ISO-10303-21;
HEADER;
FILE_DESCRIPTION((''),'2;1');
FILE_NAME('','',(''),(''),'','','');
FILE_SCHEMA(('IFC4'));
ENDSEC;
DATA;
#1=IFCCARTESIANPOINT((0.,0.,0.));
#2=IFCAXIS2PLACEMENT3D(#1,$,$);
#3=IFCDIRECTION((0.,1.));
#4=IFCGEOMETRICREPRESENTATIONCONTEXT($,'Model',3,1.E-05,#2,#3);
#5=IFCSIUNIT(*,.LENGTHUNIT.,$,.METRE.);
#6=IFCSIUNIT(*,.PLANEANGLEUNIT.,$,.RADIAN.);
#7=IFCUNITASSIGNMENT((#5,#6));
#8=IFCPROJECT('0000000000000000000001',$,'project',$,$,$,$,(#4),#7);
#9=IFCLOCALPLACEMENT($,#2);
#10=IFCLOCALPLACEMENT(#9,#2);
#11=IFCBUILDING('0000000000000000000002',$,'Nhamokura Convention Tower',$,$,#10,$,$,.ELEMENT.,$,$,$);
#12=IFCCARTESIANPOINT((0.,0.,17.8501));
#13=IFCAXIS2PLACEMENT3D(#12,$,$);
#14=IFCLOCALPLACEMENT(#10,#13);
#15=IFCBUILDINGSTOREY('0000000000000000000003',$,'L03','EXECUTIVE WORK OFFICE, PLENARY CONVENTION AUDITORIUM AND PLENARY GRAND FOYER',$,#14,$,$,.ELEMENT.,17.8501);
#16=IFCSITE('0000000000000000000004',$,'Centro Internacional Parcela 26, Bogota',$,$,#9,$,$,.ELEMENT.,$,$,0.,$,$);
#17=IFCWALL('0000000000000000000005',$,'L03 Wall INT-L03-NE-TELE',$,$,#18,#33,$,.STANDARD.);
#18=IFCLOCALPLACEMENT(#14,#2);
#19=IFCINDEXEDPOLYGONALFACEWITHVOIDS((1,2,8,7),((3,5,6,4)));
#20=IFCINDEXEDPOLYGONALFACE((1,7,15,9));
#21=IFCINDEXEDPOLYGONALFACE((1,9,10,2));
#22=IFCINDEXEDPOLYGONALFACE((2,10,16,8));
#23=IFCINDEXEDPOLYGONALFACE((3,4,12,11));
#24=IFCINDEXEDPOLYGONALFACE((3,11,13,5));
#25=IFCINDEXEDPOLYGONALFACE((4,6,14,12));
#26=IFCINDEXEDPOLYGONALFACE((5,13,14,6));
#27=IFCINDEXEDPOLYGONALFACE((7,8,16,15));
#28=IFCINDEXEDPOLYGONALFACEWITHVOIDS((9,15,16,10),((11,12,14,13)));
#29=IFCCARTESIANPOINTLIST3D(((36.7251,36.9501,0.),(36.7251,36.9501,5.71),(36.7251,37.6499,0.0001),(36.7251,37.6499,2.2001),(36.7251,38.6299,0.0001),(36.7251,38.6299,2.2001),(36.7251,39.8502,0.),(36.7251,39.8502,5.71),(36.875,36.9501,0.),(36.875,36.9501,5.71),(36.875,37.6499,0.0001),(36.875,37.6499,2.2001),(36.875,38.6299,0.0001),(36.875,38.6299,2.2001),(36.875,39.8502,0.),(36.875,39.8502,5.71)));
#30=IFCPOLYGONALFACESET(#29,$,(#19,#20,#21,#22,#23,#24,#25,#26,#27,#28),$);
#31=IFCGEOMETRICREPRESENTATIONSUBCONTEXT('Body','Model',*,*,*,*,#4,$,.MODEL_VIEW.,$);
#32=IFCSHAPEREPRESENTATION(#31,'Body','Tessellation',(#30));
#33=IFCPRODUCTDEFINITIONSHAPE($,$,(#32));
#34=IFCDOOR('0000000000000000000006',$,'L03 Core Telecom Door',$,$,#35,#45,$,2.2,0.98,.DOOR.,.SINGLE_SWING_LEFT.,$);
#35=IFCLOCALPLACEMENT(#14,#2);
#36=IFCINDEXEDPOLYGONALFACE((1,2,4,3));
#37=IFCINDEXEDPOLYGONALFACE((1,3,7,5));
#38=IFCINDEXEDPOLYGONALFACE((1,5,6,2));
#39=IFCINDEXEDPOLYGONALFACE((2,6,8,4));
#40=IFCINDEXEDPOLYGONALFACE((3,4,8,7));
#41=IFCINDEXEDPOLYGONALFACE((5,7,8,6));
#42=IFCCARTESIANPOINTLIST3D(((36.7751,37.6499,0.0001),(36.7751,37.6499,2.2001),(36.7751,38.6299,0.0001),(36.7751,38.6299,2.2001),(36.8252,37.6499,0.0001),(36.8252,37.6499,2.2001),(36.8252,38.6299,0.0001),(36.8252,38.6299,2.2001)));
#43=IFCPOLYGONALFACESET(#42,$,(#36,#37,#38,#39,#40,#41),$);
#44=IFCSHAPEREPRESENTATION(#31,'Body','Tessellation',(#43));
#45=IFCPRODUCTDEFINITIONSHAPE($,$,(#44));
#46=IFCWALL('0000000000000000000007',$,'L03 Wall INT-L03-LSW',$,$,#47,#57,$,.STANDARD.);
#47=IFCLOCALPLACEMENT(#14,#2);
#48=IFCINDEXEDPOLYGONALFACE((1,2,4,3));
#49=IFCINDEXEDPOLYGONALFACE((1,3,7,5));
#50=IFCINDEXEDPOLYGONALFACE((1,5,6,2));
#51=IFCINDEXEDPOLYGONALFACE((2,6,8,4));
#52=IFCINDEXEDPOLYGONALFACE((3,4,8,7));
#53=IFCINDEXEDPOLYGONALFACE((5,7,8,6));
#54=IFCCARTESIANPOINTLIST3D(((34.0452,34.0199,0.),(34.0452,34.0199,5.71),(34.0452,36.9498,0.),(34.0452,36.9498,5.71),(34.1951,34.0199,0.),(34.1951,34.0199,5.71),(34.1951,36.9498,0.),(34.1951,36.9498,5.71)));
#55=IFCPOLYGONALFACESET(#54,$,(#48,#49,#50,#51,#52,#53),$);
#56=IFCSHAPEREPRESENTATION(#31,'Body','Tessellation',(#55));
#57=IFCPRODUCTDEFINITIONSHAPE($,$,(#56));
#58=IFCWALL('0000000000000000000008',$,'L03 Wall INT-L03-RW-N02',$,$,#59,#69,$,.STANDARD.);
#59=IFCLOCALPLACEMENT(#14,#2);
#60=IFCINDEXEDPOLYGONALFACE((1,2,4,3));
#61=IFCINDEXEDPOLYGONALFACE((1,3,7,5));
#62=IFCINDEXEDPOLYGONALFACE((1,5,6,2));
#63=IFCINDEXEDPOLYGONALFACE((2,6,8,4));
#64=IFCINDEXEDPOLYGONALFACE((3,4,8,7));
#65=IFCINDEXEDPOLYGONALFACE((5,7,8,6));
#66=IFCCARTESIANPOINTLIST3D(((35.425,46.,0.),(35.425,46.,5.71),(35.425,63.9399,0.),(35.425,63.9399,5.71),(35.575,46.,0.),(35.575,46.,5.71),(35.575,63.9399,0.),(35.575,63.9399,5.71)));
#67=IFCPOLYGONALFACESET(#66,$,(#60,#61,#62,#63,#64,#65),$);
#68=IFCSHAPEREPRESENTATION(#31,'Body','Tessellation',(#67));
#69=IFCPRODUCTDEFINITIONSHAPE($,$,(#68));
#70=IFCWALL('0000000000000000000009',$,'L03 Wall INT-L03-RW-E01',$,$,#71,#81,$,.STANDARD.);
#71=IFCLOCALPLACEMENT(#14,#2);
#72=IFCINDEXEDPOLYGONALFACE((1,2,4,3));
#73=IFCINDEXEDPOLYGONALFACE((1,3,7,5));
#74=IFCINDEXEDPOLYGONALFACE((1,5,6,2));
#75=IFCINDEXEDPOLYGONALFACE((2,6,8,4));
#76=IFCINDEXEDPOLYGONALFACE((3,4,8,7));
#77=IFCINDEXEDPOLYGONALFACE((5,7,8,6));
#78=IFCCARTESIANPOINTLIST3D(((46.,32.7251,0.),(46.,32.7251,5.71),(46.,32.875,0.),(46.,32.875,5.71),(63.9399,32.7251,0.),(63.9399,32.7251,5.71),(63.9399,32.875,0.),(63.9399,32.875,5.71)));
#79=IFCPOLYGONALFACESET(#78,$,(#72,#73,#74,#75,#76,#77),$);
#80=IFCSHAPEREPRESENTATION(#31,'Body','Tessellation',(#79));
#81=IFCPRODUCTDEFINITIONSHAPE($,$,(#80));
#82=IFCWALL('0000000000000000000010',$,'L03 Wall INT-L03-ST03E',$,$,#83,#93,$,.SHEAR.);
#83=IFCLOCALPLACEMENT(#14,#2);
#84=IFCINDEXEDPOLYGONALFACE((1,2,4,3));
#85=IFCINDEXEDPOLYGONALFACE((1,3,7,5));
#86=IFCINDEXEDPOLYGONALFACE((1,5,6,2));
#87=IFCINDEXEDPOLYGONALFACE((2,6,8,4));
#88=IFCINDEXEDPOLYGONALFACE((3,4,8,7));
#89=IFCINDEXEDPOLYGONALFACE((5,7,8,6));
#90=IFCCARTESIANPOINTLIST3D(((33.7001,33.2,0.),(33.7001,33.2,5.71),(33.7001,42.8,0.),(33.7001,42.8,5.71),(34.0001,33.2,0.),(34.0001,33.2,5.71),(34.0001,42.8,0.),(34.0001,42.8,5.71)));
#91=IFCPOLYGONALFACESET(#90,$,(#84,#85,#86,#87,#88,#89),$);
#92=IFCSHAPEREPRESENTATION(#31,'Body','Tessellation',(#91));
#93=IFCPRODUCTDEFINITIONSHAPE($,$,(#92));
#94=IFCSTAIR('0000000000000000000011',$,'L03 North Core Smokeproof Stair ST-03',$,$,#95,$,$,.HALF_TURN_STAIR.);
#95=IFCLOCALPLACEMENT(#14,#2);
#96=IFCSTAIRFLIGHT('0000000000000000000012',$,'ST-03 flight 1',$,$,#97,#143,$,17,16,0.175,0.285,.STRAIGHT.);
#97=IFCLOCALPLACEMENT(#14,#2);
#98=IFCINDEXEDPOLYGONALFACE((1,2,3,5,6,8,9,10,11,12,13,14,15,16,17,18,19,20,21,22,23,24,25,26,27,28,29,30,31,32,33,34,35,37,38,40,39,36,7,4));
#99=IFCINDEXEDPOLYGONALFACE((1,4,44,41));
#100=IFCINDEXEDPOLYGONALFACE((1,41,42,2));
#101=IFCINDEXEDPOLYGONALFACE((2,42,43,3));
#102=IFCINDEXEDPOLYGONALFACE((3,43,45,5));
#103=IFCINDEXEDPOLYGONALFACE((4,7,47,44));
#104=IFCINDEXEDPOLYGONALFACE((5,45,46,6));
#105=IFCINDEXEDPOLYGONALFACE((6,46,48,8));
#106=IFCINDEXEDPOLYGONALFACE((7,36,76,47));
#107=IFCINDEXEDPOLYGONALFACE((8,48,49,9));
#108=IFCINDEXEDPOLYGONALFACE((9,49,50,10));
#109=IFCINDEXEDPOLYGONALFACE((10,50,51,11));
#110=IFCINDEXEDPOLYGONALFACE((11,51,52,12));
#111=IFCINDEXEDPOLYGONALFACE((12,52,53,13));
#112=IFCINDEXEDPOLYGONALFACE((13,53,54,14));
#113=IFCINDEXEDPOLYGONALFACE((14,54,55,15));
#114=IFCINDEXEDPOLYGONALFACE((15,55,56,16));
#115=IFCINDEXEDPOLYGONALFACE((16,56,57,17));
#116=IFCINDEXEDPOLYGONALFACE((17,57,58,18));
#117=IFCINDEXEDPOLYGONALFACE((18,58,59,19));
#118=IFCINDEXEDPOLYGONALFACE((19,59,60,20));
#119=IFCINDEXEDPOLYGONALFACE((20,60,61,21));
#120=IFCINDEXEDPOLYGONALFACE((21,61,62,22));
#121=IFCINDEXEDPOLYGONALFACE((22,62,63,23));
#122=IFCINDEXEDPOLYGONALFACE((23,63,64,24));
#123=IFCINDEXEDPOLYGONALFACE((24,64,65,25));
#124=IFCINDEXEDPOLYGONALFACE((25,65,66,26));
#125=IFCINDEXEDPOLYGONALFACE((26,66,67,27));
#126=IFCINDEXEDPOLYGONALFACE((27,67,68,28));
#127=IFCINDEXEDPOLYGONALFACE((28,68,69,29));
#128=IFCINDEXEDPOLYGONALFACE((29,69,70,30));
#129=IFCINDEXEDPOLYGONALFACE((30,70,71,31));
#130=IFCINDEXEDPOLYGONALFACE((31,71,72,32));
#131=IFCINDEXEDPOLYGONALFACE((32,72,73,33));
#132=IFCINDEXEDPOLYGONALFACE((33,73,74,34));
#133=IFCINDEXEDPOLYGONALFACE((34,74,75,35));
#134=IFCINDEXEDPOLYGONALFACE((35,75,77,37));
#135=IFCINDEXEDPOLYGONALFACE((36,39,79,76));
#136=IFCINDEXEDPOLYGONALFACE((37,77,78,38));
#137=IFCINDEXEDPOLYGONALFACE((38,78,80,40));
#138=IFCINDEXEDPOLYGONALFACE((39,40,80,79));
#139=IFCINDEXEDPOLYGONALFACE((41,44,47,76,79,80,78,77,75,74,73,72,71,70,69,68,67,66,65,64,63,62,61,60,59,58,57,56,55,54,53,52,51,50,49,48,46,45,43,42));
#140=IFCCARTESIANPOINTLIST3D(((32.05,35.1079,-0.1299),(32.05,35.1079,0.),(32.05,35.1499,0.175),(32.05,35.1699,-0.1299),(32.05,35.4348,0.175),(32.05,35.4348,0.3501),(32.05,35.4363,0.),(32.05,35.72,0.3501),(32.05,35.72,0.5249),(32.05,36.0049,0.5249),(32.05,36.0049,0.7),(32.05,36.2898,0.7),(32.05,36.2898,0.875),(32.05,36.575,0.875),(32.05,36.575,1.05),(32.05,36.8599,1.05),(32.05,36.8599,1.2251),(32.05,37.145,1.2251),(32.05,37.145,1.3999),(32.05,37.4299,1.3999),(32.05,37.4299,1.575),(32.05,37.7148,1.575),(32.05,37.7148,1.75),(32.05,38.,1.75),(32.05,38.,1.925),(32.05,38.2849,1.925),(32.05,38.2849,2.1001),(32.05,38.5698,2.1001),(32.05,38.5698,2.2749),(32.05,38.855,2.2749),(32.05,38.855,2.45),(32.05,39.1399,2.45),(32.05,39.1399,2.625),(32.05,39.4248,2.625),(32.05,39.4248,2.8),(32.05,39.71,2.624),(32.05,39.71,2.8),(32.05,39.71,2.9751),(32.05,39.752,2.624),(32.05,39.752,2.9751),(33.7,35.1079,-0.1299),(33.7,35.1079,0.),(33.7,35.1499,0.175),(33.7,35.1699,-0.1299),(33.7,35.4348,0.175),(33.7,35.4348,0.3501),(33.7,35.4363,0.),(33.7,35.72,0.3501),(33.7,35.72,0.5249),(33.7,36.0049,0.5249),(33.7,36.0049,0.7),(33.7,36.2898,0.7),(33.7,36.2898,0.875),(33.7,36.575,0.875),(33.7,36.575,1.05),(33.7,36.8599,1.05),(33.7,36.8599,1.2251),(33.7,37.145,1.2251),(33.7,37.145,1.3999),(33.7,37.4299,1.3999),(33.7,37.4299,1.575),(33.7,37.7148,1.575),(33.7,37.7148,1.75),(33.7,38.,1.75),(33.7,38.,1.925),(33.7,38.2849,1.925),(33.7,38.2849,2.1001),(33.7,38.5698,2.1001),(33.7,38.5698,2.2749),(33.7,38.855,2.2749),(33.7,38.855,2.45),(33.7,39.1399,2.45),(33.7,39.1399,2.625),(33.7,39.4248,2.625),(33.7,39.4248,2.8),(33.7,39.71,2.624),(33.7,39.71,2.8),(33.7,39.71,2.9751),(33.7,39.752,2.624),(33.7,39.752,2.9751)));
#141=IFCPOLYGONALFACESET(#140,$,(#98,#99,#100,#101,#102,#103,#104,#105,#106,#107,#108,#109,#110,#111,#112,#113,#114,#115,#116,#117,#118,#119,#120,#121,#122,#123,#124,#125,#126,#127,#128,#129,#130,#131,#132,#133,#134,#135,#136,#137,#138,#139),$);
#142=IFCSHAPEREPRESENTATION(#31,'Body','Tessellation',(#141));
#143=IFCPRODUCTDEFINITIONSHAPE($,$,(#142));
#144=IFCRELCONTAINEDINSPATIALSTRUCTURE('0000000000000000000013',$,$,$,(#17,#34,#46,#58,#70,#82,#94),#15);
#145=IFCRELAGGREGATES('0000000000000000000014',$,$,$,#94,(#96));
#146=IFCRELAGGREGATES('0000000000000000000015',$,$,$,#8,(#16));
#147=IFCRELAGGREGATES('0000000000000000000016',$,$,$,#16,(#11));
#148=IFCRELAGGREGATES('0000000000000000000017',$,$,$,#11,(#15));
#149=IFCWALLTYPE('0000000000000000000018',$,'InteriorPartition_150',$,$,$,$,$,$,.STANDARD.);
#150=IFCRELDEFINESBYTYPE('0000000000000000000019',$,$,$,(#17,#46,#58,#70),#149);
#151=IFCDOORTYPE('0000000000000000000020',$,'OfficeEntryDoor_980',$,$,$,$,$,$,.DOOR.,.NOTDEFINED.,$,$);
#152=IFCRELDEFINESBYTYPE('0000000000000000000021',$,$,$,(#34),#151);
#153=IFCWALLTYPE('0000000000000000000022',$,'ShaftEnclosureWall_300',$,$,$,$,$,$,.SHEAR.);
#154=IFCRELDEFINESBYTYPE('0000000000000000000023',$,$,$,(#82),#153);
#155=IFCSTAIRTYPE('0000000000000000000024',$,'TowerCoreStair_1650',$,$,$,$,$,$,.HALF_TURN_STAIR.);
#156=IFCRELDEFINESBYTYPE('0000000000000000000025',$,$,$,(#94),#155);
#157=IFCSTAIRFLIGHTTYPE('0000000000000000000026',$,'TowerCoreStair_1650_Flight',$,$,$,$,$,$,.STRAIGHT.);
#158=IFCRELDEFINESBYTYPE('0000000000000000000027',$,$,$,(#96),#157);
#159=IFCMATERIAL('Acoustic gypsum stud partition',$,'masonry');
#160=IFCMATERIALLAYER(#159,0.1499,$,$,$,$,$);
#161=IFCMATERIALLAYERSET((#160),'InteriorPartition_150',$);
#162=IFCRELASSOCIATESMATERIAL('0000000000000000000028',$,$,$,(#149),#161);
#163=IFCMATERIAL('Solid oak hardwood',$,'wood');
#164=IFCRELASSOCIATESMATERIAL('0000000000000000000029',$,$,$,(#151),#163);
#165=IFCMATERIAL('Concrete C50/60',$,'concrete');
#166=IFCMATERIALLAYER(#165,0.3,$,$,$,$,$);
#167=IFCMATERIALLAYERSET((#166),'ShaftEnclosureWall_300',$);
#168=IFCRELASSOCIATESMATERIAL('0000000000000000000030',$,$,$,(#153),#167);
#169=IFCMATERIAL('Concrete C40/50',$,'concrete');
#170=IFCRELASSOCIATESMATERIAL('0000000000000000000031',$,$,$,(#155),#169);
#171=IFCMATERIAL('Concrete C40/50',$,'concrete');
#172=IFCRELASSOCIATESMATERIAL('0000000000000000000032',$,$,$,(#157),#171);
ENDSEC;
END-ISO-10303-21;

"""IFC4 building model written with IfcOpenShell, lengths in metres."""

from ifc_helpers import new_model, si_unit, direction, frame, frame_2d, origin, place, context, subcontext, project, spatial, polyline, rectangle, outline, extrude, material, layer, layer_set, type_object, element, fill, aggregate, save


model = new_model("IFC4")

# Units and contexts
model_context = context("Model", 3, precision=1e-05, world=origin(), true_north=direction((0.0, 1.0)))
body_context = subcontext(model_context, "Body", "Model", "MODEL_VIEW")
ifc_project = project(units=[si_unit("LENGTHUNIT", "METRE"), si_unit("PLANEANGLEUNIT", "RADIAN")], contexts=[model_context])

# Site, building, storey
site_placement = place(None, origin())
site = spatial("IfcSite", under=ifc_project, at=site_placement, Name="Centro Internacional Parcela 26, Bogota", CompositionType="ELEMENT", RefElevation=0.0)
building_placement = place(site_placement, origin())
building = spatial("IfcBuilding", under=site, at=building_placement, Name="Nhamokura Convention Tower", CompositionType="ELEMENT")
storey_placement = place(building_placement, frame((0.0, 0.0, 17.8501)))
storey = spatial("IfcBuildingStorey", under=building, at=storey_placement, Name="L03", Description="EXECUTIVE WORK OFFICE, PLENARY CONVENTION AUDITORIUM AND PLENARY GRAND FOYER", CompositionType="ELEMENT", Elevation=17.8501)

# Shared definitions
ifc_material_1 = material(Name="Acoustic gypsum stud partition", Category="masonry")
ifc_layer_1 = layer(ifc_material_1, 0.1499)
ifc_layer_set_1 = layer_set([ifc_layer_1], Name="InteriorPartition_150")
wall_type_1 = type_object("IfcWallType", Name="InteriorPartition_150", PredefinedType="STANDARD", material=ifc_layer_set_1)

# Wall, opening, door
wall_1_placement = place(storey_placement, frame((36.8, 36.95, 0.0), z_axis=(0.0, 0.0, 1.0), x_axis=(0.0, 1.0, 0.0)))
wall_1 = element("IfcWall", 1, at=wall_1_placement, inside=storey, type_object=wall_type_1, Name="L03 Wall INT-L03-NE-TELE", PredefinedType="STANDARD", context=body_context, shape_type="SweptSolid", body=[
    extrude(rectangle(XDim=2.9001, YDim=0.1499, at=frame_2d((1.4502, 0.0))), origin(), (0.0, 0.0, 1.0), 5.71),
])
opening_1_placement = place(wall_1_placement, frame((0.7, 0.0, 0.0)))
opening_1 = element("IfcOpeningElement", 2, at=opening_1_placement, cuts=wall_1, PredefinedType="OPENING", context=body_context, shape_type="SweptSolid", body=[
    extrude(rectangle(XDim=0.98, YDim=2.2, at=frame_2d((0.49, 1.1001))), frame((0.0, 0.085, 0.0), z_axis=(0.0, -1.0, 0.0), x_axis=(1.0, 0.0, 0.0)), (0.0, 0.0, 1.0), 0.1699),
])
ifc_material_2 = material(Name="Solid oak hardwood", Category="wood")
door_type_1 = type_object("IfcDoorType", Name="OfficeEntryDoor_980", OperationType="NOTDEFINED", PredefinedType="DOOR", material=ifc_material_2)
door_1_placement = place(opening_1_placement, origin())
door_1 = element("IfcDoor", 3, at=door_1_placement, inside=storey, type_object=door_type_1, Name="L03 Core Telecom Door", OperationType="SINGLE_SWING_LEFT", OverallHeight=2.2, OverallWidth=0.98, PredefinedType="DOOR", context=body_context, shape_type="SweptSolid", body=[
    extrude(rectangle(XDim=0.98, YDim=2.2, at=frame_2d((0.49, 1.1001))), frame((0.0, 0.0249, 0.0), z_axis=(0.0, -1.0, 0.0), x_axis=(1.0, 0.0, 0.0)), (0.0, 0.0, 1.0), 0.05),
])
fill(opening_1, door_1)

# Walls
wall_2_placement = place(storey_placement, frame((34.1201, 34.02, 0.0), z_axis=(0.0, 0.0, 1.0), x_axis=(0.0, 1.0, 0.0)))
element("IfcWall", 4, at=wall_2_placement, inside=storey, type_object=wall_type_1, Name="L03 Wall INT-L03-LSW", PredefinedType="STANDARD", context=body_context, shape_type="SweptSolid", body=[
    extrude(rectangle(XDim=2.9299, YDim=0.1499, at=frame_2d((1.4648, 0.0))), origin(), (0.0, 0.0, 1.0), 5.71),
])
for number, where, z_axis, x_axis, name in (
    (5, (35.5, 46.0, 0.0), (0.0, 0.0, 1.0), (0.0, 1.0, 0.0), "L03 Wall INT-L03-RW-N02"),
    (6, (46.0, 32.8, 0.0), (0.0, 0.0, 1.0), (1.0, 0.0, 0.0), "L03 Wall INT-L03-RW-E01"),
):
    element("IfcWall", number, at=place(storey_placement, frame(where, z_axis=z_axis, x_axis=x_axis)), inside=storey, type_object=wall_type_1, Name=name, PredefinedType="STANDARD", context=body_context, shape_type="SweptSolid", body=[
        extrude(rectangle(XDim=17.9399, YDim=0.1499, at=frame_2d((8.97, 0.0))), origin(), (0.0, 0.0, 1.0), 5.71),
    ])
ifc_material_3 = material(Name="Concrete C50/60", Category="concrete")
ifc_layer_2 = layer(ifc_material_3, 0.3)
ifc_layer_set_2 = layer_set([ifc_layer_2], Name="ShaftEnclosureWall_300")
wall_type_2 = type_object("IfcWallType", Name="ShaftEnclosureWall_300", PredefinedType="SHEAR", material=ifc_layer_set_2)
wall_3_placement = place(storey_placement, frame((33.8501, 33.2, 0.0), z_axis=(0.0, 0.0, 1.0), x_axis=(0.0, 1.0, 0.0)))
element("IfcWall", 7, at=wall_3_placement, inside=storey, type_object=wall_type_2, Name="L03 Wall INT-L03-ST03E", PredefinedType="SHEAR", context=body_context, shape_type="SweptSolid", body=[
    extrude(rectangle(XDim=9.6001, YDim=0.3, at=frame_2d((4.8, 0.0))), origin(), (0.0, 0.0, 1.0), 5.71),
])

# Stair, stair flight
ifc_material_4 = material(Name="Concrete C40/50", Category="concrete")
stair_type = type_object("IfcStairType", Name="TowerCoreStair_1650", PredefinedType="HALF_TURN_STAIR", material=ifc_material_4)
stair_placement = place(storey_placement, origin())
stair = element("IfcStair", 8, at=stair_placement, inside=storey, type_object=stair_type, Name="L03 North Core Smokeproof Stair ST-03", PredefinedType="HALF_TURN_STAIR")
ifc_material_5 = material(Name="Concrete C40/50", Category="concrete")
stair_flight_type = type_object("IfcStairFlightType", Name="TowerCoreStair_1650_Flight", PredefinedType="STRAIGHT", material=ifc_material_5)
stair_flight_1_placement = place(storey_placement, frame((32.875, 35.1499, 0.0), z_axis=(0.0, 0.0, 1.0), x_axis=(0.0, 1.0, 0.0)))
stair_flight_1 = element("IfcStairFlight", 9, at=stair_flight_1_placement, type_object=stair_flight_type, Name="ST-03 flight 1", NumberOfRisers=17, NumberOfTreads=16, PredefinedType="STRAIGHT", RiserHeight=0.175, TreadLength=0.285, context=body_context, shape_type="SweptSolid", body=[
    extrude(outline(polyline([(-0.042, 0.0), (0.0, 0.175), (0.2849, 0.175), (0.2849, 0.3501), (0.5701, 0.3501), (0.5701, 0.5249), (0.855, 0.5249), (0.855, 0.7), (1.1399, 0.7), (1.1399, 0.875), (1.425, 0.875), (1.425, 1.05), (1.71, 1.05), (1.71, 1.2251), (1.9951, 1.2251), (1.9951, 1.3999), (2.28, 1.3999), (2.28, 1.575), (2.5649, 1.575), (2.5649, 1.75), (2.8501, 1.75), (2.8501, 1.925), (3.135, 1.925), (3.135, 2.1001), (3.4199, 2.1001), (3.4199, 2.2749), (3.7051, 2.2749), (3.7051, 2.45), (3.99, 2.45), (3.99, 2.625), (4.2749, 2.625), (4.2749, 2.8), (4.5601, 2.8), (4.5601, 2.9751), (4.6021, 2.9751), (4.6021, 2.624), (4.5601, 2.624), (0.2864, 0.0), (0.02, -0.1299), (-0.042, -0.1299), (-0.042, 0.0)])), frame((0.0, 0.825, 0.0), z_axis=(0.0, -1.0, 0.0), x_axis=(1.0, 0.0, 0.0)), (0.0, 0.0, 1.0), 1.6499),
])
aggregate(stair, [stair_flight_1])

save(model, "model.ifc")
